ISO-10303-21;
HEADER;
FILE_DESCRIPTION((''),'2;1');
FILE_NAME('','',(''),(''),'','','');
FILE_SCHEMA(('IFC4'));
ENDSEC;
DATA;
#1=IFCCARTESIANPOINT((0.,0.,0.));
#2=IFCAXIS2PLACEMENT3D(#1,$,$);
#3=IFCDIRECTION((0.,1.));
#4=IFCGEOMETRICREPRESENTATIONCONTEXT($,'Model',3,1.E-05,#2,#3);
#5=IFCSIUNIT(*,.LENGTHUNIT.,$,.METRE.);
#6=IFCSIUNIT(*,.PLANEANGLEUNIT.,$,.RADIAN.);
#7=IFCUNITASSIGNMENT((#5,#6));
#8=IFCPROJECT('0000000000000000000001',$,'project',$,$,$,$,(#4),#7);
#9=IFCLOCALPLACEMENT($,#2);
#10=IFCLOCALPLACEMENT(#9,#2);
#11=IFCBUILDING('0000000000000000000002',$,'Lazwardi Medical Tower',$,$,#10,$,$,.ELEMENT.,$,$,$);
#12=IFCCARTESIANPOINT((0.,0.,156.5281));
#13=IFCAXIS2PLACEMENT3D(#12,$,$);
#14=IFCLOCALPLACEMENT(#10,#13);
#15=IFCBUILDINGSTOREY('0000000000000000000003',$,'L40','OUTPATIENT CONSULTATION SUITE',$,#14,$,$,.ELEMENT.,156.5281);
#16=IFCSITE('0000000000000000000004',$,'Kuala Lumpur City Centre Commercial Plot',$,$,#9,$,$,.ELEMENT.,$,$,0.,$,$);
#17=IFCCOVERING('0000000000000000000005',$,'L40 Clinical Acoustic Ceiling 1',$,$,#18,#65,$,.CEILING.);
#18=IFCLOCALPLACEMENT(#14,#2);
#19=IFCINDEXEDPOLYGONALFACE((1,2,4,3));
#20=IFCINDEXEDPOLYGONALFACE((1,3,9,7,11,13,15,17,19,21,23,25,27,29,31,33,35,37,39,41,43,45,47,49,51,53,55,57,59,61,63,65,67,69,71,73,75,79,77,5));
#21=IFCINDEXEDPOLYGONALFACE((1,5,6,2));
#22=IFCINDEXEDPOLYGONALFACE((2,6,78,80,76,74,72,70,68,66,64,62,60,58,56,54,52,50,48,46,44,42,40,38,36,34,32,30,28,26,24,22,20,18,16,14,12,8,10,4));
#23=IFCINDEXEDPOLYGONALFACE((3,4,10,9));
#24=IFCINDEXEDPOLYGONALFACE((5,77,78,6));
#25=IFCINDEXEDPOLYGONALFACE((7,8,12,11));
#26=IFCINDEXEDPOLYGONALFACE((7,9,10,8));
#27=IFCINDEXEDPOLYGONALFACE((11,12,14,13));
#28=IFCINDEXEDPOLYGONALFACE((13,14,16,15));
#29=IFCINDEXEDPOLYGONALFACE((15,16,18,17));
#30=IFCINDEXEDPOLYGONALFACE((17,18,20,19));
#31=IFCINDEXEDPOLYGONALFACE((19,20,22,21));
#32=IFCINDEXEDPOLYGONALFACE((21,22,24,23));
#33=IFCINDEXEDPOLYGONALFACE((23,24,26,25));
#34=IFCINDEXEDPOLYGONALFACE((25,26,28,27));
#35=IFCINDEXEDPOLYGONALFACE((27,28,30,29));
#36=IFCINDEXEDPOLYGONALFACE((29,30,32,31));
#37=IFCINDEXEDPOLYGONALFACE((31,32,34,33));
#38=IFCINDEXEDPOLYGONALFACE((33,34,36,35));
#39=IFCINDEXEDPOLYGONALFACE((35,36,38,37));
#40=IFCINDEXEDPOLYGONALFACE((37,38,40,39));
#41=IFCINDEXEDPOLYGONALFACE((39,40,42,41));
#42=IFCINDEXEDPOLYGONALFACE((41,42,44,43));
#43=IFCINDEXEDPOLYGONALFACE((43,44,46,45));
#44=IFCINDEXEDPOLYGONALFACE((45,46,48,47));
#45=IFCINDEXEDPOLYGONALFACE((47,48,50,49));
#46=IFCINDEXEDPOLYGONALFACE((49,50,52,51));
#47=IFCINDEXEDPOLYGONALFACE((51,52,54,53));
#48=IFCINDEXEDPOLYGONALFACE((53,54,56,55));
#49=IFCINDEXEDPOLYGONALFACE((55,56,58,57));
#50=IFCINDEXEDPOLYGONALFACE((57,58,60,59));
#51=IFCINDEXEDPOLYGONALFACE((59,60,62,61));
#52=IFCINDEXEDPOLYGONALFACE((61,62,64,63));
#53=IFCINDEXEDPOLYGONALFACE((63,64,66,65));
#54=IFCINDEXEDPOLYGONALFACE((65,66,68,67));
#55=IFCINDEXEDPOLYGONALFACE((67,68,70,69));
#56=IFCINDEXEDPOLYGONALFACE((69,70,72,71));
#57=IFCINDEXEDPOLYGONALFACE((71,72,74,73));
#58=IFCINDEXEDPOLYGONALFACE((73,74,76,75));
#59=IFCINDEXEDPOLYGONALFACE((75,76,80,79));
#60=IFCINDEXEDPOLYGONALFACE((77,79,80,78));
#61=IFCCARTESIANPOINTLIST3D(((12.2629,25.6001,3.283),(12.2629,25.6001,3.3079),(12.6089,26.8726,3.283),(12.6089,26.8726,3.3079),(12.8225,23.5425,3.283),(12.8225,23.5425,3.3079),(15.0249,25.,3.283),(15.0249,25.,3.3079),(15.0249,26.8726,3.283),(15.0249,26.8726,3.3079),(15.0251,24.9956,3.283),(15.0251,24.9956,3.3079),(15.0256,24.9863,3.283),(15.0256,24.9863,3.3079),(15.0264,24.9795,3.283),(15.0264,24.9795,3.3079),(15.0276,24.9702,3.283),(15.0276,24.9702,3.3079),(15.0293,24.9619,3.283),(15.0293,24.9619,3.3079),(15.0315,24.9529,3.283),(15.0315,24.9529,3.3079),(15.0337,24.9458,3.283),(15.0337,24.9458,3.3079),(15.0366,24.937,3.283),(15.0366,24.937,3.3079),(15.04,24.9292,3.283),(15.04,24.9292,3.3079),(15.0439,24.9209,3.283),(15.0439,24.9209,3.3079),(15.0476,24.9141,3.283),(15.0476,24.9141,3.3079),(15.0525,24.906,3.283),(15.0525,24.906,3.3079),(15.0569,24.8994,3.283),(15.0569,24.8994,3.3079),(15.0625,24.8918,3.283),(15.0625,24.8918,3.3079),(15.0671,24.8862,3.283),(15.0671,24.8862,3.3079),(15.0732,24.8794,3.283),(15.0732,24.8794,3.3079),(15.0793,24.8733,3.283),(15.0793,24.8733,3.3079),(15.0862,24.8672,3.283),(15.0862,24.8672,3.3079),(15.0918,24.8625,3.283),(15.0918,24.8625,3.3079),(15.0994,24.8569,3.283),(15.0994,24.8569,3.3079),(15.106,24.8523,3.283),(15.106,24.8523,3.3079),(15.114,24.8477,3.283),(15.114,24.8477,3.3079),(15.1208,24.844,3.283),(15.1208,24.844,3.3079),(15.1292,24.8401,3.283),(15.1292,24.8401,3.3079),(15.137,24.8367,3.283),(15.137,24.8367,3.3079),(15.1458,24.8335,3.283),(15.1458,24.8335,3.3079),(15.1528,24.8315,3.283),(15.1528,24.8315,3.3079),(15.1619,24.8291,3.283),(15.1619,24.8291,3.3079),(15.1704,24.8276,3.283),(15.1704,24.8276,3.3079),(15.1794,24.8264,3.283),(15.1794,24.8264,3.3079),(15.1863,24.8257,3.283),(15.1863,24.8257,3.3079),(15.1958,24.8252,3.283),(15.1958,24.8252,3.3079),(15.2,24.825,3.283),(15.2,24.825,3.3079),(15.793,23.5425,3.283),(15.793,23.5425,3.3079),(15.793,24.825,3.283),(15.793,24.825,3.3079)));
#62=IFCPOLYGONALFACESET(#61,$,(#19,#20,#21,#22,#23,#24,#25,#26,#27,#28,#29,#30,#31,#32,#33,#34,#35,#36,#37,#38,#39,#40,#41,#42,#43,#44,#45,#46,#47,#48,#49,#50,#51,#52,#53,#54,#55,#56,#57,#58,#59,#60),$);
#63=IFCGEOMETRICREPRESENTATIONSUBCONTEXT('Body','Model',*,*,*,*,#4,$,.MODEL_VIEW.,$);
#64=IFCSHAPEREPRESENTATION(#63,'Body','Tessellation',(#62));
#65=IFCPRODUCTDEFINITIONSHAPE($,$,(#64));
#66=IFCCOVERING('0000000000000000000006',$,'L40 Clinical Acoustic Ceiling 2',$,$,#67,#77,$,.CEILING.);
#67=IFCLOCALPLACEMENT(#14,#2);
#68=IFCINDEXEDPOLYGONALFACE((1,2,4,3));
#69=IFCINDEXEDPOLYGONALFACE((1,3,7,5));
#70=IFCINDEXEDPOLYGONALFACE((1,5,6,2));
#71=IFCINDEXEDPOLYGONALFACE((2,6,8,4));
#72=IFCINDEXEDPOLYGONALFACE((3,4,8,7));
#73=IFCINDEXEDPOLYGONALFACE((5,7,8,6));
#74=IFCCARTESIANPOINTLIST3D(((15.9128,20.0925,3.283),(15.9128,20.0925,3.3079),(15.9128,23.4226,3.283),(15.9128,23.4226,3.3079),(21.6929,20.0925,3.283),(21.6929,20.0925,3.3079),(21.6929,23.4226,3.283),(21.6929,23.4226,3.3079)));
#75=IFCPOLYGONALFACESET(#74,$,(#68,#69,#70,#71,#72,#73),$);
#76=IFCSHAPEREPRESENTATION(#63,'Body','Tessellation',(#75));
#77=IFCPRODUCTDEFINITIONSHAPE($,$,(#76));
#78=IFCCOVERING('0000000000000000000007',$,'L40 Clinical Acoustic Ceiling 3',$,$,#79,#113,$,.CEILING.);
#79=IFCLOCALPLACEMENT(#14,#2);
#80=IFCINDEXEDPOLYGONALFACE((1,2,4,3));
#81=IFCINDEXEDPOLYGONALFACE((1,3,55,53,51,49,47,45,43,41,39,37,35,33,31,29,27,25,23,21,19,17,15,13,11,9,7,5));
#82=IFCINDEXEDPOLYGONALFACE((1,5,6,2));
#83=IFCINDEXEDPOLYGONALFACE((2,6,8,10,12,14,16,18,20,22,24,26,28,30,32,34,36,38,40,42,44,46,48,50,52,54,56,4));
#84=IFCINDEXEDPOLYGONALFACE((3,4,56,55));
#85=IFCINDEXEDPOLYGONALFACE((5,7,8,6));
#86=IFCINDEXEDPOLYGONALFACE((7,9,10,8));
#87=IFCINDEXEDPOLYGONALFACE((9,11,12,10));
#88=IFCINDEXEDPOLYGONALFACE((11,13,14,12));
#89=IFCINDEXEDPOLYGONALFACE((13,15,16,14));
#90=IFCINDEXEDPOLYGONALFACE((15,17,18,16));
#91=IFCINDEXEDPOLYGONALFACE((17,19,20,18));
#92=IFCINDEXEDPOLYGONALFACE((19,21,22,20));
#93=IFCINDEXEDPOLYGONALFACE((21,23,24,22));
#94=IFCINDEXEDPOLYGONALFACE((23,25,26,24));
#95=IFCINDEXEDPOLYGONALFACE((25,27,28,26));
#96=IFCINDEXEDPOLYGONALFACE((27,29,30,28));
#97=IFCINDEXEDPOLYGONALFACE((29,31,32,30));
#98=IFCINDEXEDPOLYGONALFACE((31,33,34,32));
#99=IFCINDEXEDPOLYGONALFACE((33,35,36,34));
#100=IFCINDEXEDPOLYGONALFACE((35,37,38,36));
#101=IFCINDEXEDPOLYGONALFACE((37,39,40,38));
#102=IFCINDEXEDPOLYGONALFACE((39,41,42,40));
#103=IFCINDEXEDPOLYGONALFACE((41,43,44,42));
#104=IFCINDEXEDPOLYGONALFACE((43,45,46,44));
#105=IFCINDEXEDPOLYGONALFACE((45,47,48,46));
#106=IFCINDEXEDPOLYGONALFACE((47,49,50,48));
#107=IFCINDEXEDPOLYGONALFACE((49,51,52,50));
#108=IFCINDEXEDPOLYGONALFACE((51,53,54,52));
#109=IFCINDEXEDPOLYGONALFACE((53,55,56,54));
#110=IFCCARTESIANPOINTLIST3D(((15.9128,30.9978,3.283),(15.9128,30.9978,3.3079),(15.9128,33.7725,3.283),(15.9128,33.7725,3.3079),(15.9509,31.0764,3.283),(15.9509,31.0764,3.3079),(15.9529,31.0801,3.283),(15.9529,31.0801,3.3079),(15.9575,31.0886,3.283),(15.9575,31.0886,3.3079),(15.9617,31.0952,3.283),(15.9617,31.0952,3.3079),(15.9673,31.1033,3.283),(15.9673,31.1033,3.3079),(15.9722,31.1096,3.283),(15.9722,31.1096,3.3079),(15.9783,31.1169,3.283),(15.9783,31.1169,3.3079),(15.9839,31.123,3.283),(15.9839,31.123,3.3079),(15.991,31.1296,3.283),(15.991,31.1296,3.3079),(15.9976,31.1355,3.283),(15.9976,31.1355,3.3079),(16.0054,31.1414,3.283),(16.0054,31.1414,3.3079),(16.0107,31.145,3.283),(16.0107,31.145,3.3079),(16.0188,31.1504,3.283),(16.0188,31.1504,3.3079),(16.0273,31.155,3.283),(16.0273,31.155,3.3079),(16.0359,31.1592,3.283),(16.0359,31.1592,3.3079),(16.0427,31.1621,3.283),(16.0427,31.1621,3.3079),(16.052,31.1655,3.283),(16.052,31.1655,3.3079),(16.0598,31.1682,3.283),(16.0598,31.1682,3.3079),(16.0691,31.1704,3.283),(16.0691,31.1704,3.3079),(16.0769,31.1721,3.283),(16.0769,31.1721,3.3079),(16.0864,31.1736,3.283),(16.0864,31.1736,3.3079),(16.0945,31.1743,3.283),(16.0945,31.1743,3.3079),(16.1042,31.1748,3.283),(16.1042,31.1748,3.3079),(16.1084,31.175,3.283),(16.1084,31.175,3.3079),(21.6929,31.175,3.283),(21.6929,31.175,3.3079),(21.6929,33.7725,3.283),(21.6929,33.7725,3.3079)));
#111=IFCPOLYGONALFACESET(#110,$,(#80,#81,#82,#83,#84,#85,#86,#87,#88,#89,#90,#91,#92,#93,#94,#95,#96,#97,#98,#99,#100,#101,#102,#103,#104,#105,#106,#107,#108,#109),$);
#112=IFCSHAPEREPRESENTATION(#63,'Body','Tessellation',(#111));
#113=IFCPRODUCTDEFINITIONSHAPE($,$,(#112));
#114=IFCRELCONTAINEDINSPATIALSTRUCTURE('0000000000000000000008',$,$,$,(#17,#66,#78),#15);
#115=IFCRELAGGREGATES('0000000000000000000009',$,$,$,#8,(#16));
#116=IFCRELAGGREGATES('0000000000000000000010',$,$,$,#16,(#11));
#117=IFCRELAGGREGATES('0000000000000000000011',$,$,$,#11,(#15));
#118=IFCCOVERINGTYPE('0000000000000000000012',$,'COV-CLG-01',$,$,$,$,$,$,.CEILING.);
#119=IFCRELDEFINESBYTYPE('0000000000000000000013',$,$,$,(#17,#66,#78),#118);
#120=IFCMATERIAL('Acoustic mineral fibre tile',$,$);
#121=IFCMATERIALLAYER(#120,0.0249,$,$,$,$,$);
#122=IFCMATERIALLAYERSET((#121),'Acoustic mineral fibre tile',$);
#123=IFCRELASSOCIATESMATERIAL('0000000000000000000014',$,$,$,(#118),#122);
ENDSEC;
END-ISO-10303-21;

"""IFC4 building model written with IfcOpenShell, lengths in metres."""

from ifc_helpers import new_model, si_unit, direction, frame, origin, place, context, subcontext, project, spatial, polyline, outline, extrude, material, layer, layer_set, type_object, element, save


model = new_model("IFC4")

# Units and contexts
model_context = context("Model", 3, precision=1e-05, world=origin(), true_north=direction((0.0, 1.0)))
body_context = subcontext(model_context, "Body", "Model", "MODEL_VIEW")
ifc_project = project(units=[si_unit("LENGTHUNIT", "METRE"), si_unit("PLANEANGLEUNIT", "RADIAN")], contexts=[model_context])

# Site, building, storey
site_placement = place(None, origin())
site = spatial("IfcSite", under=ifc_project, at=site_placement, Name="Kuala Lumpur City Centre Commercial Plot", CompositionType="ELEMENT", RefElevation=0.0)
building_placement = place(site_placement, origin())
building = spatial("IfcBuilding", under=site, at=building_placement, Name="Lazwardi Medical Tower", CompositionType="ELEMENT")
storey_placement = place(building_placement, frame((0.0, 0.0, 156.5281)))
storey = spatial("IfcBuildingStorey", under=building, at=storey_placement, Name="L40", Description="OUTPATIENT CONSULTATION SUITE", CompositionType="ELEMENT", Elevation=156.5281)

# Coverings
ifc_material_1 = material(Name="Acoustic mineral fibre tile")
ifc_layer_1 = layer(ifc_material_1, 0.0249)
ifc_layer_set_1 = layer_set([ifc_layer_1], Name="Acoustic mineral fibre tile")
covering_type_1 = type_object("IfcCoveringType", Name="COV-CLG-01", PredefinedType="CEILING", material=ifc_layer_set_1)
covering_1_placement = place(storey_placement, frame((0.0, 0.0, 3.283)))
element("IfcCovering", 1, at=covering_1_placement, inside=storey, type_object=covering_type_1, Name="L40 Clinical Acoustic Ceiling 1", PredefinedType="CEILING", context=body_context, shape_type="SweptSolid", body=[
    extrude(outline(polyline([(15.793, 24.825), (15.2, 24.825), (15.1958, 24.8252), (15.1863, 24.8257), (15.1794, 24.8264), (15.1704, 24.8276), (15.1619, 24.8291), (15.1528, 24.8315), (15.1458, 24.8335), (15.137, 24.8367), (15.1292, 24.8401), (15.1208, 24.844), (15.114, 24.8477), (15.106, 24.8523), (15.0994, 24.8569), (15.0918, 24.8625), (15.0862, 24.8672), (15.0793, 24.8733), (15.0732, 24.8794), (15.0671, 24.8862), (15.0625, 24.8918), (15.0569, 24.8994), (15.0525, 24.906), (15.0476, 24.9141), (15.0439, 24.9209), (15.04, 24.9292), (15.0366, 24.937), (15.0337, 24.9458), (15.0315, 24.9529), (15.0293, 24.9619), (15.0276, 24.9702), (15.0264, 24.9795), (15.0256, 24.9863), (15.0251, 24.9956), (15.0249, 25.0), (15.0249, 26.8726), (12.6089, 26.8726), (12.2629, 25.6001), (12.8225, 23.5425), (15.793, 23.5425), (15.793, 24.825)])), origin(), (0.0, 0.0, 1.0), 0.0249),
])
covering_2_placement = place(storey_placement, frame((0.0, 0.0, 3.283)))
element("IfcCovering", 2, at=covering_2_placement, inside=storey, type_object=covering_type_1, Name="L40 Clinical Acoustic Ceiling 2", PredefinedType="CEILING", context=body_context, shape_type="SweptSolid", body=[
    extrude(outline(polyline([(21.6929, 20.0925), (21.6929, 23.4226), (15.9128, 23.4226), (15.9128, 20.0925), (21.6929, 20.0925)])), origin(), (0.0, 0.0, 1.0), 0.0249),
])
covering_3_placement = place(storey_placement, frame((0.0, 0.0, 3.283)))
element("IfcCovering", 3, at=covering_3_placement, inside=storey, type_object=covering_type_1, Name="L40 Clinical Acoustic Ceiling 3", PredefinedType="CEILING", context=body_context, shape_type="SweptSolid", body=[
    extrude(outline(polyline([(15.9128, 30.9978), (15.9509, 31.0764), (15.9529, 31.0801), (15.9575, 31.0886), (15.9617, 31.0952), (15.9673, 31.1033), (15.9722, 31.1096), (15.9783, 31.1169), (15.9839, 31.123), (15.991, 31.1296), (15.9976, 31.1355), (16.0054, 31.1414), (16.0107, 31.145), (16.0188, 31.1504), (16.0273, 31.155), (16.0359, 31.1592), (16.0427, 31.1621), (16.052, 31.1655), (16.0598, 31.1682), (16.0691, 31.1704), (16.0769, 31.1721), (16.0864, 31.1736), (16.0945, 31.1743), (16.1042, 31.1748), (16.1084, 31.175), (21.6929, 31.175), (21.6929, 33.7725), (15.9128, 33.7725), (15.9128, 30.9978)])), origin(), (0.0, 0.0, 1.0), 0.0249),
])

save(model, "model.ifc")
